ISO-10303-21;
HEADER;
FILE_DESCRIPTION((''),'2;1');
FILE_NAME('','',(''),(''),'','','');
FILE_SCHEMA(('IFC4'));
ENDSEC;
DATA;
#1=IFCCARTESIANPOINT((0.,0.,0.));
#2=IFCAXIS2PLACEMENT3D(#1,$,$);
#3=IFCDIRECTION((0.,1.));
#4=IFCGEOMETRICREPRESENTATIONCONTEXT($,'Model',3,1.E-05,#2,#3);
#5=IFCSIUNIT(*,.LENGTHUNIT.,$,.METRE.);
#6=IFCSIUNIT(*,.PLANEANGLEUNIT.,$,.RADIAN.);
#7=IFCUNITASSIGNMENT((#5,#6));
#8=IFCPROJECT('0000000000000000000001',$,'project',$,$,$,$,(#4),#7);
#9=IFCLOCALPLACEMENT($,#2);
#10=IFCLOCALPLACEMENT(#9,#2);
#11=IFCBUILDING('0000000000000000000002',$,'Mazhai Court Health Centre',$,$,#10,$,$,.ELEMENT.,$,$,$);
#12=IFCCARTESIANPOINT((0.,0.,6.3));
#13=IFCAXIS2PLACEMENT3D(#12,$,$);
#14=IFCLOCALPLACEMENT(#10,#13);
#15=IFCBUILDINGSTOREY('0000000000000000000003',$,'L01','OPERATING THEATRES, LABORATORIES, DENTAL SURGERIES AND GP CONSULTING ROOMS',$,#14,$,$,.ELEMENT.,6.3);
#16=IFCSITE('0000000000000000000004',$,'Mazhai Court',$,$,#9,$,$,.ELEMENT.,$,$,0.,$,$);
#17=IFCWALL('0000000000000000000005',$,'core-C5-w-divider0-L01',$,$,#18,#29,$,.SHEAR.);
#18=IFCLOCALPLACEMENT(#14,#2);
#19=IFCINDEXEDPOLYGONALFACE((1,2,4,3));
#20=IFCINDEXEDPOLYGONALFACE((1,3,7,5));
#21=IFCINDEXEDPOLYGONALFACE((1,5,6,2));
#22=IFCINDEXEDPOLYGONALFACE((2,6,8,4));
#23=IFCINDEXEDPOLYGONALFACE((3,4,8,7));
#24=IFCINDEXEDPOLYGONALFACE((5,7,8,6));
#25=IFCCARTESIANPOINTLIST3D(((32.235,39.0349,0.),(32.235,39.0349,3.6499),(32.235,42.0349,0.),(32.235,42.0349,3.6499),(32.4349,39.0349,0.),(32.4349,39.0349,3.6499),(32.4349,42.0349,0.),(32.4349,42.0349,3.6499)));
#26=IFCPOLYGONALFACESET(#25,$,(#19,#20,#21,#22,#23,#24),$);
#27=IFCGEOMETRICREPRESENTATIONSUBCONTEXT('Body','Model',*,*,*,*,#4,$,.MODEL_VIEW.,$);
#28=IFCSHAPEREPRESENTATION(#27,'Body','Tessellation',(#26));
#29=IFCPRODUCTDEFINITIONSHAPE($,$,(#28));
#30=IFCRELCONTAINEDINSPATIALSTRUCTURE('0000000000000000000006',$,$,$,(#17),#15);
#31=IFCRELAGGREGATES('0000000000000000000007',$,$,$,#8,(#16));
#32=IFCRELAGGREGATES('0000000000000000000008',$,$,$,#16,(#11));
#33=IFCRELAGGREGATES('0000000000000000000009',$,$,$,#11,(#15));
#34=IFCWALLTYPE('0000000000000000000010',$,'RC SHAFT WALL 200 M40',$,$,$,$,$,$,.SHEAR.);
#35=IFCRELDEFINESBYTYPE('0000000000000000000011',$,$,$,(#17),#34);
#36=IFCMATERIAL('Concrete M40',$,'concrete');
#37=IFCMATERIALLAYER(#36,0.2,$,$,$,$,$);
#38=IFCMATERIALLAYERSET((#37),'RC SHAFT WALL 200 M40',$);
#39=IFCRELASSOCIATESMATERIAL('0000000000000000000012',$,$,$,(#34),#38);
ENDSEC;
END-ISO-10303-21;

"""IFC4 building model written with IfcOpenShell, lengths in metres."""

from ifc_helpers import new_model, si_unit, direction, frame, frame_2d, origin, place, context, subcontext, project, spatial, rectangle, extrude, material, layer, layer_set, type_object, element, save


model = new_model("IFC4")

# Units and contexts
model_context = context("Model", 3, precision=1e-05, world=origin(), true_north=direction((0.0, 1.0)))
body_context = subcontext(model_context, "Body", "Model", "MODEL_VIEW")
ifc_project = project(units=[si_unit("LENGTHUNIT", "METRE"), si_unit("PLANEANGLEUNIT", "RADIAN")], contexts=[model_context])

# Site, building, storey
site_placement = place(None, origin())
site = spatial("IfcSite", under=ifc_project, at=site_placement, Name="Mazhai Court", CompositionType="ELEMENT", RefElevation=0.0)
building_placement = place(site_placement, origin())
building = spatial("IfcBuilding", under=site, at=building_placement, Name="Mazhai Court Health Centre", CompositionType="ELEMENT")
storey_placement = place(building_placement, frame((0.0, 0.0, 6.3)))
storey = spatial("IfcBuildingStorey", under=building, at=storey_placement, Name="L01", Description="OPERATING THEATRES, LABORATORIES, DENTAL SURGERIES AND GP CONSULTING ROOMS", CompositionType="ELEMENT", Elevation=6.3)

# Shared definitions
ifc_material_1 = material(Name="Concrete M40", Category="concrete")
ifc_layer_1 = layer(ifc_material_1, 0.2)
ifc_layer_set_1 = layer_set([ifc_layer_1], Name="RC SHAFT WALL 200 M40")
wall_type_1 = type_object("IfcWallType", Name="RC SHAFT WALL 200 M40", PredefinedType="SHEAR", material=ifc_layer_set_1)

# Wall
wall_1_placement = place(storey_placement, frame((32.335, 42.0349, 0.0), z_axis=(0.0, 0.0, 1.0), x_axis=(0.0, -1.0, 0.0)))
element("IfcWall", 1, at=wall_1_placement, inside=storey, type_object=wall_type_1, Name="core-C5-w-divider0-L01", PredefinedType="SHEAR", context=body_context, shape_type="SweptSolid", body=[
    extrude(rectangle(XDim=3.0, YDim=0.2, at=frame_2d((1.5, 0.0))), origin(), (0.0, 0.0, 1.0), 3.6499),
])

save(model, "model.ifc")
